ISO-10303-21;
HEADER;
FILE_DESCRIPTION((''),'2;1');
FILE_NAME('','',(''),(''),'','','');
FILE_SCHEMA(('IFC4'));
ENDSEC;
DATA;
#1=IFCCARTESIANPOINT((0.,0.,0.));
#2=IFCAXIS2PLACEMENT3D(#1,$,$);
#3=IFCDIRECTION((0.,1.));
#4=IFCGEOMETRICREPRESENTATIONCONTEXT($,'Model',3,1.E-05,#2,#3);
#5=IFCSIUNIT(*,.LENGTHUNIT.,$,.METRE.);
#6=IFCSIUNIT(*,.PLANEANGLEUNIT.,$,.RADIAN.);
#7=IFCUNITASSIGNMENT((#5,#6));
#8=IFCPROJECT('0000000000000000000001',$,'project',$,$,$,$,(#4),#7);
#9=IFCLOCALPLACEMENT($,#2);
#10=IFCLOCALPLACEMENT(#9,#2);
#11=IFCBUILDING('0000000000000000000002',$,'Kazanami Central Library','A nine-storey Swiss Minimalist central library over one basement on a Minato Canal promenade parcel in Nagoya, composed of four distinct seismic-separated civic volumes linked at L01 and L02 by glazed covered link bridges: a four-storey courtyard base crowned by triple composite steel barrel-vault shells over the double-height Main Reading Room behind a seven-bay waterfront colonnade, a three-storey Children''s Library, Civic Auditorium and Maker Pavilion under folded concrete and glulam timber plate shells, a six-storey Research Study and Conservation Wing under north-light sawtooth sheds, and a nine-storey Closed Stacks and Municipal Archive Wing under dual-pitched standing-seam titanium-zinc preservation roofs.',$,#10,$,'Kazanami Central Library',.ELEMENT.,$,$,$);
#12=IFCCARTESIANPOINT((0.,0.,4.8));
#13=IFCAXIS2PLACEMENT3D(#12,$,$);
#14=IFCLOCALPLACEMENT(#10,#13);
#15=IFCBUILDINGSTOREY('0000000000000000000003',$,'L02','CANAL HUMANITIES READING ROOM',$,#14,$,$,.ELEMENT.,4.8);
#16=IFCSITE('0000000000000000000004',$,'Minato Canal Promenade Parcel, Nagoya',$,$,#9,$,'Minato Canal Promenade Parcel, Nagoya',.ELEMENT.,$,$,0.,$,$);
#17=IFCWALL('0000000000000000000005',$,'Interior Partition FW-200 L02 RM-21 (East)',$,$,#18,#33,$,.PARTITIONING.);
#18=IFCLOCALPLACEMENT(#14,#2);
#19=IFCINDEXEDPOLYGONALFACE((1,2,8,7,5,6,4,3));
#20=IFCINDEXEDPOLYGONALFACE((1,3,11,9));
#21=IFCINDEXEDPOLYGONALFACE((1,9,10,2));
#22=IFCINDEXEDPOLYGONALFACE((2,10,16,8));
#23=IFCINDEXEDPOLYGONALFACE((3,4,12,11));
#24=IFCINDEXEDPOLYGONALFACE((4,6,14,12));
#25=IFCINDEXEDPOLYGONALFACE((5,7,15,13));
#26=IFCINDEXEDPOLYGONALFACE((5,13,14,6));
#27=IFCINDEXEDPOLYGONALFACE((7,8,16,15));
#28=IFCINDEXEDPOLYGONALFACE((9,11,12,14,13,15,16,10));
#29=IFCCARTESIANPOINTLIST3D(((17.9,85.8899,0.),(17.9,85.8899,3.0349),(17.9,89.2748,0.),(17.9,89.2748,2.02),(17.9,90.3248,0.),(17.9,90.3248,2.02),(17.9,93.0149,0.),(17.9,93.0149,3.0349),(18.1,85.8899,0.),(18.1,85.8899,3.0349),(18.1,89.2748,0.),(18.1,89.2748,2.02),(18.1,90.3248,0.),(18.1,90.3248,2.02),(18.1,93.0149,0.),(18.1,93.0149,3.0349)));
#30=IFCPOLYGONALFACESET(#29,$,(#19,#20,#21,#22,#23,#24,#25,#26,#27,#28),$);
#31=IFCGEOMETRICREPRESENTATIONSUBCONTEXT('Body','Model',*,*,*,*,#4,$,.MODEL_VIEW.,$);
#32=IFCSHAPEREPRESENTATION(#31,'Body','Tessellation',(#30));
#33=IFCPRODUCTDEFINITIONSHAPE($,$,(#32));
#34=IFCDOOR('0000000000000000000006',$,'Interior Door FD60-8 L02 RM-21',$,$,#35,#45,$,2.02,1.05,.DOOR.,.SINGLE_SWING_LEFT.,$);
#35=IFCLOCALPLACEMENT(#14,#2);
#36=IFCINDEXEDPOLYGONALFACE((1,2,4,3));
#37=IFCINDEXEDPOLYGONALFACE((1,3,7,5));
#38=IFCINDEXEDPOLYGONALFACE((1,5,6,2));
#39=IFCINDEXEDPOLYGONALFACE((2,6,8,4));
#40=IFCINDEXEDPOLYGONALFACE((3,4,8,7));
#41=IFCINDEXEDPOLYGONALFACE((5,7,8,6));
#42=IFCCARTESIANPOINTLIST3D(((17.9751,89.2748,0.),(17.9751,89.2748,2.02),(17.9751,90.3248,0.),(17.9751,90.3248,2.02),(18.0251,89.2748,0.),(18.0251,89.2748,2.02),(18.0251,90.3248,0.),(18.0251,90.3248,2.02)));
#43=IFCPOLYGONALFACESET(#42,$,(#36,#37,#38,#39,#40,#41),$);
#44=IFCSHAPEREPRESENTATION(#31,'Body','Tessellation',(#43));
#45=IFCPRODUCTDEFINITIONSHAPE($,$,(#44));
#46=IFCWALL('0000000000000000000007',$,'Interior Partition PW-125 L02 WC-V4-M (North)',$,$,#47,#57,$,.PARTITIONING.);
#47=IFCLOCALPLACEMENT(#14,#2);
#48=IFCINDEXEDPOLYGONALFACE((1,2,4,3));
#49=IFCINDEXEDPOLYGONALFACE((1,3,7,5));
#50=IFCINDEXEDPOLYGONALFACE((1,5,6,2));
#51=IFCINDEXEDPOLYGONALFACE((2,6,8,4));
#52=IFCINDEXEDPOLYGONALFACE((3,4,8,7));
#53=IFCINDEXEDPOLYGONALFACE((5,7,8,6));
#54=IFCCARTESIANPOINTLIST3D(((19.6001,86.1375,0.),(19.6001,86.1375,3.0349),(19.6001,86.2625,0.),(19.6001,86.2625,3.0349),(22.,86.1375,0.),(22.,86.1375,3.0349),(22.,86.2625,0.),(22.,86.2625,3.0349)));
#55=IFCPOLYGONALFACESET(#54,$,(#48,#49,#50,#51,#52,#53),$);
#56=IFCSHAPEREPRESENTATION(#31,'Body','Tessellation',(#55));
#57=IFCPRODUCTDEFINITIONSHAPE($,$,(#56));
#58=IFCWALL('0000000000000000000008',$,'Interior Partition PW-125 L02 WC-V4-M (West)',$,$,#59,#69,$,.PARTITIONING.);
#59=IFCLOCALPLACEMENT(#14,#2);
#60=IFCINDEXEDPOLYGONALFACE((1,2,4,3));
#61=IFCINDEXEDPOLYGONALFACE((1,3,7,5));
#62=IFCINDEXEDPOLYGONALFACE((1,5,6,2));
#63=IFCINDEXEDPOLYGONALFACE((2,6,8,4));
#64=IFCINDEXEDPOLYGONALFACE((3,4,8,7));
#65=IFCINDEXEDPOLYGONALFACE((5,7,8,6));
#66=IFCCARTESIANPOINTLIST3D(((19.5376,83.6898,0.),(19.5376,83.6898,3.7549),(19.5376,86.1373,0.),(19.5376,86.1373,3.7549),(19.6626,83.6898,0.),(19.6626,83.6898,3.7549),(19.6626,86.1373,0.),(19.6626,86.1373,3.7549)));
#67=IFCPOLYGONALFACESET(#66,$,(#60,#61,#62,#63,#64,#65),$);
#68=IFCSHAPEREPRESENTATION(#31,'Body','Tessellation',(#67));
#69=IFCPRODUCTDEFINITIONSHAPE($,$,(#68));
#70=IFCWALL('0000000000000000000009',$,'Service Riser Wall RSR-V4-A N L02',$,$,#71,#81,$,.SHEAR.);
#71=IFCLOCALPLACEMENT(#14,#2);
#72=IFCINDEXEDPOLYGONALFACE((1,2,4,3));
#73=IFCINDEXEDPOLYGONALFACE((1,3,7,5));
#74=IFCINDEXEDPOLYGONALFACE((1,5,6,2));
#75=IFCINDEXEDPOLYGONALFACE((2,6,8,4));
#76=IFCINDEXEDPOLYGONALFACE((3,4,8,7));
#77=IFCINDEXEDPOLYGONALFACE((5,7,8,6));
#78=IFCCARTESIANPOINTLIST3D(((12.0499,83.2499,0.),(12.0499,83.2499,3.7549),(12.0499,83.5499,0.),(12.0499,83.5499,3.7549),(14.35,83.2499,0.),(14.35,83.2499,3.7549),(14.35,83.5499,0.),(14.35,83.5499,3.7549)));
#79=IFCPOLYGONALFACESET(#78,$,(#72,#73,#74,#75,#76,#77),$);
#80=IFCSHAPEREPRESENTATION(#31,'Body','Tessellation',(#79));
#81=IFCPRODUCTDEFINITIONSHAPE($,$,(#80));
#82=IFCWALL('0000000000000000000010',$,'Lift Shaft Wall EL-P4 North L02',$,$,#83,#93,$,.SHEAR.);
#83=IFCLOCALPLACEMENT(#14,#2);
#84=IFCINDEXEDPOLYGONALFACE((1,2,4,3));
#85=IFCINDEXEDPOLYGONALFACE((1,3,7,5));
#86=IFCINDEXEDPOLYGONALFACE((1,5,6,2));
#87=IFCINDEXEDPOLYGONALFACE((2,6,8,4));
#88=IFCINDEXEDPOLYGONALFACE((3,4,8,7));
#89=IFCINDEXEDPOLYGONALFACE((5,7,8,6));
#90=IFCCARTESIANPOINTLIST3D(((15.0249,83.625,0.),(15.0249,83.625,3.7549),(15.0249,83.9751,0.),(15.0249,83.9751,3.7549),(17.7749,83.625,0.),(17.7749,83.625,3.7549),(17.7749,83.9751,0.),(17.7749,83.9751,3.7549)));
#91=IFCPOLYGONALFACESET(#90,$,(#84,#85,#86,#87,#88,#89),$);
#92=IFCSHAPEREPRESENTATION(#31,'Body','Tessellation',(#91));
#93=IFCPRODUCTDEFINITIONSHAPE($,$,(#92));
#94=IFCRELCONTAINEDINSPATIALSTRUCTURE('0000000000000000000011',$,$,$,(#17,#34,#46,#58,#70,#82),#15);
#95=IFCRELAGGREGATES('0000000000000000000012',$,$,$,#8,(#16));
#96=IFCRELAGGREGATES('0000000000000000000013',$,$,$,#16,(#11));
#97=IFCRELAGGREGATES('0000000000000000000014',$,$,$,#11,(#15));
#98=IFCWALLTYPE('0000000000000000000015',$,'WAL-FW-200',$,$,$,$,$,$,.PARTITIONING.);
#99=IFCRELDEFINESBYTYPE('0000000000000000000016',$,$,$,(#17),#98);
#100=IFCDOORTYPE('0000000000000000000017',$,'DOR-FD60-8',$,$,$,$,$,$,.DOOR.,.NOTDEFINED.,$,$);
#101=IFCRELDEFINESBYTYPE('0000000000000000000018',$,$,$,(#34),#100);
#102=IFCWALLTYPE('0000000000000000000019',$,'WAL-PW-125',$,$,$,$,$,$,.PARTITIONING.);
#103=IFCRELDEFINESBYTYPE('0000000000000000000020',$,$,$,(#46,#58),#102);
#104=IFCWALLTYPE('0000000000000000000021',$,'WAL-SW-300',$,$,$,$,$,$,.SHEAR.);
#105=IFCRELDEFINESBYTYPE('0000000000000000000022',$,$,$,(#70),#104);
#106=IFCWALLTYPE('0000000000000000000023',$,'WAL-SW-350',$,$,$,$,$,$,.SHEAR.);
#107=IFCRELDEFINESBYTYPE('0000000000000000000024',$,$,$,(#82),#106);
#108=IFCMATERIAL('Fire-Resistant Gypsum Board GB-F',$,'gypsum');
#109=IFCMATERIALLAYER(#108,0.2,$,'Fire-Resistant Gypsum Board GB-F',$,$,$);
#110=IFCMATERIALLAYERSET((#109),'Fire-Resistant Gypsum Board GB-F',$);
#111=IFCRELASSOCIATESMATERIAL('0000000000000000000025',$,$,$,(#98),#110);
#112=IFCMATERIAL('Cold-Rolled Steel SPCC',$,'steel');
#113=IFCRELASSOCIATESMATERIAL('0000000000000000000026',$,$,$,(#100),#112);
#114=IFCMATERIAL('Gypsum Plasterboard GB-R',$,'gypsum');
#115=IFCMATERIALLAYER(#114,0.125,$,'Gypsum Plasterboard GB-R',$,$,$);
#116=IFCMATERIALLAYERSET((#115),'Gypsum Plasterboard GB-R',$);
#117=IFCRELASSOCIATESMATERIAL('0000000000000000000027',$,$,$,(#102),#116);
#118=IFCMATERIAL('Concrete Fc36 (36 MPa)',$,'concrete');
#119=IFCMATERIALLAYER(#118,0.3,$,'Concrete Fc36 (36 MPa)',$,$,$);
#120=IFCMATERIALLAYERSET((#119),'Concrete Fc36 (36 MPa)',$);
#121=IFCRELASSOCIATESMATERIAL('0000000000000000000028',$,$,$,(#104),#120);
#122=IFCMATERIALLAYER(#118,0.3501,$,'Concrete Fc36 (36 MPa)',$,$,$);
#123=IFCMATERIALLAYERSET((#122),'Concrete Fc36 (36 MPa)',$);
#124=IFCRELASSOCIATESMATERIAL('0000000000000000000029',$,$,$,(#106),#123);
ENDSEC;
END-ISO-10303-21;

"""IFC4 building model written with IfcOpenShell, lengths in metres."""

from ifc_helpers import new_model, si_unit, direction, frame, frame_2d, origin, place, context, subcontext, project, spatial, rectangle, extrude, material, layer, layer_set, type_object, element, fill, save


model = new_model("IFC4")

# Units and contexts
model_context = context("Model", 3, precision=1e-05, world=origin(), true_north=direction((0.0, 1.0)))
body_context = subcontext(model_context, "Body", "Model", "MODEL_VIEW")
ifc_project = project(units=[si_unit("LENGTHUNIT", "METRE"), si_unit("PLANEANGLEUNIT", "RADIAN")], contexts=[model_context])

# Site, building, storey
site_placement = place(None, origin())
site = spatial("IfcSite", under=ifc_project, at=site_placement, Name="Minato Canal Promenade Parcel, Nagoya", LongName="Minato Canal Promenade Parcel, Nagoya", CompositionType="ELEMENT", RefElevation=0.0)
building_placement = place(site_placement, origin())
building = spatial("IfcBuilding", under=site, at=building_placement, Name="Kazanami Central Library", Description="A nine-storey Swiss Minimalist central library over one basement on a Minato Canal promenade parcel in Nagoya, composed of four distinct seismic-separated civic volumes linked at L01 and L02 by glazed covered link bridges: a four-storey courtyard base crowned by triple composite steel barrel-vault shells over the double-height Main Reading Room behind a seven-bay waterfront colonnade, a three-storey Children's Library, Civic Auditorium and Maker Pavilion under folded concrete and glulam timber plate shells, a six-storey Research Study and Conservation Wing under north-light sawtooth sheds, and a nine-storey Closed Stacks and Municipal Archive Wing under dual-pitched standing-seam titanium-zinc preservation roofs.", LongName="Kazanami Central Library", CompositionType="ELEMENT")
storey_placement = place(building_placement, frame((0.0, 0.0, 4.8)))
storey = spatial("IfcBuildingStorey", under=building, at=storey_placement, Name="L02", Description="CANAL HUMANITIES READING ROOM", CompositionType="ELEMENT", Elevation=4.8)

# Shared definitions
ifc_material_1 = material(Name="Concrete Fc36 (36 MPa)", Category="concrete")

# Shared definitions
ifc_material_2 = material(Name="Fire-Resistant Gypsum Board GB-F", Category="gypsum")

# Shared definitions
ifc_material_3 = material(Name="Cold-Rolled Steel SPCC", Category="steel")

# Wall, opening, door
ifc_layer_1 = layer(ifc_material_2, 0.2, Name="Fire-Resistant Gypsum Board GB-F")
ifc_layer_set_1 = layer_set([ifc_layer_1], Name="Fire-Resistant Gypsum Board GB-F")
wall_type_1 = type_object("IfcWallType", Name="WAL-FW-200", PredefinedType="PARTITIONING", material=ifc_layer_set_1)
wall_1_placement = place(storey_placement, frame((18.0, 85.8899, 0.0), z_axis=(0.0, 0.0, 1.0), x_axis=(0.0, 1.0, 0.0)))
wall_1 = element("IfcWall", 1, at=wall_1_placement, inside=storey, type_object=wall_type_1, Name="Interior Partition FW-200 L02 RM-21 (East)", PredefinedType="PARTITIONING", context=body_context, shape_type="SweptSolid", body=[
    extrude(rectangle(XDim=7.125, YDim=0.2, at=frame_2d((3.5625, 0.0))), origin(), (0.0, 0.0, 1.0), 3.0349),
])
opening_1_placement = place(wall_1_placement, frame((3.385, 0.0, 0.0)))
opening_1 = element("IfcOpeningElement", 2, at=opening_1_placement, cuts=wall_1, PredefinedType="OPENING", context=body_context, shape_type="SweptSolid", body=[
    extrude(rectangle(XDim=1.05, YDim=2.02, at=frame_2d((0.5249, 1.01))), frame((0.0, 0.1118, 0.0), z_axis=(0.0, -1.0, 0.0), x_axis=(1.0, 0.0, 0.0)), (0.0, 0.0, 1.0), 0.2239),
])
door_type_1 = type_object("IfcDoorType", Name="DOR-FD60-8", OperationType="NOTDEFINED", PredefinedType="DOOR", material=ifc_material_3)
door_1_placement = place(opening_1_placement, origin())
door_1 = element("IfcDoor", 3, at=door_1_placement, inside=storey, type_object=door_type_1, Name="Interior Door FD60-8 L02 RM-21", OperationType="SINGLE_SWING_LEFT", OverallHeight=2.02, OverallWidth=1.05, PredefinedType="DOOR", context=body_context, shape_type="SweptSolid", body=[
    extrude(rectangle(XDim=1.05, YDim=2.02, at=frame_2d((0.5249, 1.01))), frame((0.0, 0.0249, 0.0), z_axis=(0.0, -1.0, 0.0), x_axis=(1.0, 0.0, 0.0)), (0.0, 0.0, 1.0), 0.05),
])
fill(opening_1, door_1)

# Walls
ifc_material_4 = material(Name="Gypsum Plasterboard GB-R", Category="gypsum")
ifc_layer_2 = layer(ifc_material_4, 0.125, Name="Gypsum Plasterboard GB-R")
ifc_layer_set_2 = layer_set([ifc_layer_2], Name="Gypsum Plasterboard GB-R")
wall_type_2 = type_object("IfcWallType", Name="WAL-PW-125", PredefinedType="PARTITIONING", material=ifc_layer_set_2)
wall_2_placement = place(storey_placement, frame((19.6001, 86.2, 0.0), z_axis=(0.0, 0.0, 1.0), x_axis=(1.0, 0.0, 0.0)))
element("IfcWall", 4, at=wall_2_placement, inside=storey, type_object=wall_type_2, Name="Interior Partition PW-125 L02 WC-V4-M (North)", PredefinedType="PARTITIONING", context=body_context, shape_type="SweptSolid", body=[
    extrude(rectangle(XDim=2.3999, YDim=0.125, at=frame_2d((1.2, 0.0))), origin(), (0.0, 0.0, 1.0), 3.0349),
])
wall_3_placement = place(storey_placement, frame((19.6001, 83.6899, 0.0), z_axis=(0.0, 0.0, 1.0), x_axis=(0.0, 1.0, 0.0)))
element("IfcWall", 5, at=wall_3_placement, inside=storey, type_object=wall_type_2, Name="Interior Partition PW-125 L02 WC-V4-M (West)", PredefinedType="PARTITIONING", context=body_context, shape_type="SweptSolid", body=[
    extrude(rectangle(XDim=2.4475, YDim=0.125, at=frame_2d((1.2236, 0.0))), origin(), (0.0, 0.0, 1.0), 3.7549),
])
ifc_layer_3 = layer(ifc_material_1, 0.3, Name="Concrete Fc36 (36 MPa)")
ifc_layer_set_3 = layer_set([ifc_layer_3], Name="Concrete Fc36 (36 MPa)")
wall_type_3 = type_object("IfcWallType", Name="WAL-SW-300", PredefinedType="SHEAR", material=ifc_layer_set_3)
wall_4_placement = place(storey_placement, frame((12.05, 83.3999, 0.0), z_axis=(0.0, 0.0, 1.0), x_axis=(1.0, 0.0, 0.0)))
element("IfcWall", 6, at=wall_4_placement, inside=storey, type_object=wall_type_3, Name="Service Riser Wall RSR-V4-A N L02", PredefinedType="SHEAR", context=body_context, shape_type="SweptSolid", body=[
    extrude(rectangle(XDim=2.3, YDim=0.3, at=frame_2d((1.1499, 0.0))), origin(), (0.0, 0.0, 1.0), 3.7549),
])
ifc_layer_4 = layer(ifc_material_1, 0.3501, Name="Concrete Fc36 (36 MPa)")
ifc_layer_set_4 = layer_set([ifc_layer_4], Name="Concrete Fc36 (36 MPa)")
wall_type_4 = type_object("IfcWallType", Name="WAL-SW-350", PredefinedType="SHEAR", material=ifc_layer_set_4)
wall_5_placement = place(storey_placement, frame((15.0249, 83.8, 0.0), z_axis=(0.0, 0.0, 1.0), x_axis=(1.0, 0.0, 0.0)))
element("IfcWall", 7, at=wall_5_placement, inside=storey, type_object=wall_type_4, Name="Lift Shaft Wall EL-P4 North L02", PredefinedType="SHEAR", context=body_context, shape_type="SweptSolid", body=[
    extrude(rectangle(XDim=2.75, YDim=0.3501, at=frame_2d((1.375, 0.0))), origin(), (0.0, 0.0, 1.0), 3.7549),
])

save(model, "model.ifc")
